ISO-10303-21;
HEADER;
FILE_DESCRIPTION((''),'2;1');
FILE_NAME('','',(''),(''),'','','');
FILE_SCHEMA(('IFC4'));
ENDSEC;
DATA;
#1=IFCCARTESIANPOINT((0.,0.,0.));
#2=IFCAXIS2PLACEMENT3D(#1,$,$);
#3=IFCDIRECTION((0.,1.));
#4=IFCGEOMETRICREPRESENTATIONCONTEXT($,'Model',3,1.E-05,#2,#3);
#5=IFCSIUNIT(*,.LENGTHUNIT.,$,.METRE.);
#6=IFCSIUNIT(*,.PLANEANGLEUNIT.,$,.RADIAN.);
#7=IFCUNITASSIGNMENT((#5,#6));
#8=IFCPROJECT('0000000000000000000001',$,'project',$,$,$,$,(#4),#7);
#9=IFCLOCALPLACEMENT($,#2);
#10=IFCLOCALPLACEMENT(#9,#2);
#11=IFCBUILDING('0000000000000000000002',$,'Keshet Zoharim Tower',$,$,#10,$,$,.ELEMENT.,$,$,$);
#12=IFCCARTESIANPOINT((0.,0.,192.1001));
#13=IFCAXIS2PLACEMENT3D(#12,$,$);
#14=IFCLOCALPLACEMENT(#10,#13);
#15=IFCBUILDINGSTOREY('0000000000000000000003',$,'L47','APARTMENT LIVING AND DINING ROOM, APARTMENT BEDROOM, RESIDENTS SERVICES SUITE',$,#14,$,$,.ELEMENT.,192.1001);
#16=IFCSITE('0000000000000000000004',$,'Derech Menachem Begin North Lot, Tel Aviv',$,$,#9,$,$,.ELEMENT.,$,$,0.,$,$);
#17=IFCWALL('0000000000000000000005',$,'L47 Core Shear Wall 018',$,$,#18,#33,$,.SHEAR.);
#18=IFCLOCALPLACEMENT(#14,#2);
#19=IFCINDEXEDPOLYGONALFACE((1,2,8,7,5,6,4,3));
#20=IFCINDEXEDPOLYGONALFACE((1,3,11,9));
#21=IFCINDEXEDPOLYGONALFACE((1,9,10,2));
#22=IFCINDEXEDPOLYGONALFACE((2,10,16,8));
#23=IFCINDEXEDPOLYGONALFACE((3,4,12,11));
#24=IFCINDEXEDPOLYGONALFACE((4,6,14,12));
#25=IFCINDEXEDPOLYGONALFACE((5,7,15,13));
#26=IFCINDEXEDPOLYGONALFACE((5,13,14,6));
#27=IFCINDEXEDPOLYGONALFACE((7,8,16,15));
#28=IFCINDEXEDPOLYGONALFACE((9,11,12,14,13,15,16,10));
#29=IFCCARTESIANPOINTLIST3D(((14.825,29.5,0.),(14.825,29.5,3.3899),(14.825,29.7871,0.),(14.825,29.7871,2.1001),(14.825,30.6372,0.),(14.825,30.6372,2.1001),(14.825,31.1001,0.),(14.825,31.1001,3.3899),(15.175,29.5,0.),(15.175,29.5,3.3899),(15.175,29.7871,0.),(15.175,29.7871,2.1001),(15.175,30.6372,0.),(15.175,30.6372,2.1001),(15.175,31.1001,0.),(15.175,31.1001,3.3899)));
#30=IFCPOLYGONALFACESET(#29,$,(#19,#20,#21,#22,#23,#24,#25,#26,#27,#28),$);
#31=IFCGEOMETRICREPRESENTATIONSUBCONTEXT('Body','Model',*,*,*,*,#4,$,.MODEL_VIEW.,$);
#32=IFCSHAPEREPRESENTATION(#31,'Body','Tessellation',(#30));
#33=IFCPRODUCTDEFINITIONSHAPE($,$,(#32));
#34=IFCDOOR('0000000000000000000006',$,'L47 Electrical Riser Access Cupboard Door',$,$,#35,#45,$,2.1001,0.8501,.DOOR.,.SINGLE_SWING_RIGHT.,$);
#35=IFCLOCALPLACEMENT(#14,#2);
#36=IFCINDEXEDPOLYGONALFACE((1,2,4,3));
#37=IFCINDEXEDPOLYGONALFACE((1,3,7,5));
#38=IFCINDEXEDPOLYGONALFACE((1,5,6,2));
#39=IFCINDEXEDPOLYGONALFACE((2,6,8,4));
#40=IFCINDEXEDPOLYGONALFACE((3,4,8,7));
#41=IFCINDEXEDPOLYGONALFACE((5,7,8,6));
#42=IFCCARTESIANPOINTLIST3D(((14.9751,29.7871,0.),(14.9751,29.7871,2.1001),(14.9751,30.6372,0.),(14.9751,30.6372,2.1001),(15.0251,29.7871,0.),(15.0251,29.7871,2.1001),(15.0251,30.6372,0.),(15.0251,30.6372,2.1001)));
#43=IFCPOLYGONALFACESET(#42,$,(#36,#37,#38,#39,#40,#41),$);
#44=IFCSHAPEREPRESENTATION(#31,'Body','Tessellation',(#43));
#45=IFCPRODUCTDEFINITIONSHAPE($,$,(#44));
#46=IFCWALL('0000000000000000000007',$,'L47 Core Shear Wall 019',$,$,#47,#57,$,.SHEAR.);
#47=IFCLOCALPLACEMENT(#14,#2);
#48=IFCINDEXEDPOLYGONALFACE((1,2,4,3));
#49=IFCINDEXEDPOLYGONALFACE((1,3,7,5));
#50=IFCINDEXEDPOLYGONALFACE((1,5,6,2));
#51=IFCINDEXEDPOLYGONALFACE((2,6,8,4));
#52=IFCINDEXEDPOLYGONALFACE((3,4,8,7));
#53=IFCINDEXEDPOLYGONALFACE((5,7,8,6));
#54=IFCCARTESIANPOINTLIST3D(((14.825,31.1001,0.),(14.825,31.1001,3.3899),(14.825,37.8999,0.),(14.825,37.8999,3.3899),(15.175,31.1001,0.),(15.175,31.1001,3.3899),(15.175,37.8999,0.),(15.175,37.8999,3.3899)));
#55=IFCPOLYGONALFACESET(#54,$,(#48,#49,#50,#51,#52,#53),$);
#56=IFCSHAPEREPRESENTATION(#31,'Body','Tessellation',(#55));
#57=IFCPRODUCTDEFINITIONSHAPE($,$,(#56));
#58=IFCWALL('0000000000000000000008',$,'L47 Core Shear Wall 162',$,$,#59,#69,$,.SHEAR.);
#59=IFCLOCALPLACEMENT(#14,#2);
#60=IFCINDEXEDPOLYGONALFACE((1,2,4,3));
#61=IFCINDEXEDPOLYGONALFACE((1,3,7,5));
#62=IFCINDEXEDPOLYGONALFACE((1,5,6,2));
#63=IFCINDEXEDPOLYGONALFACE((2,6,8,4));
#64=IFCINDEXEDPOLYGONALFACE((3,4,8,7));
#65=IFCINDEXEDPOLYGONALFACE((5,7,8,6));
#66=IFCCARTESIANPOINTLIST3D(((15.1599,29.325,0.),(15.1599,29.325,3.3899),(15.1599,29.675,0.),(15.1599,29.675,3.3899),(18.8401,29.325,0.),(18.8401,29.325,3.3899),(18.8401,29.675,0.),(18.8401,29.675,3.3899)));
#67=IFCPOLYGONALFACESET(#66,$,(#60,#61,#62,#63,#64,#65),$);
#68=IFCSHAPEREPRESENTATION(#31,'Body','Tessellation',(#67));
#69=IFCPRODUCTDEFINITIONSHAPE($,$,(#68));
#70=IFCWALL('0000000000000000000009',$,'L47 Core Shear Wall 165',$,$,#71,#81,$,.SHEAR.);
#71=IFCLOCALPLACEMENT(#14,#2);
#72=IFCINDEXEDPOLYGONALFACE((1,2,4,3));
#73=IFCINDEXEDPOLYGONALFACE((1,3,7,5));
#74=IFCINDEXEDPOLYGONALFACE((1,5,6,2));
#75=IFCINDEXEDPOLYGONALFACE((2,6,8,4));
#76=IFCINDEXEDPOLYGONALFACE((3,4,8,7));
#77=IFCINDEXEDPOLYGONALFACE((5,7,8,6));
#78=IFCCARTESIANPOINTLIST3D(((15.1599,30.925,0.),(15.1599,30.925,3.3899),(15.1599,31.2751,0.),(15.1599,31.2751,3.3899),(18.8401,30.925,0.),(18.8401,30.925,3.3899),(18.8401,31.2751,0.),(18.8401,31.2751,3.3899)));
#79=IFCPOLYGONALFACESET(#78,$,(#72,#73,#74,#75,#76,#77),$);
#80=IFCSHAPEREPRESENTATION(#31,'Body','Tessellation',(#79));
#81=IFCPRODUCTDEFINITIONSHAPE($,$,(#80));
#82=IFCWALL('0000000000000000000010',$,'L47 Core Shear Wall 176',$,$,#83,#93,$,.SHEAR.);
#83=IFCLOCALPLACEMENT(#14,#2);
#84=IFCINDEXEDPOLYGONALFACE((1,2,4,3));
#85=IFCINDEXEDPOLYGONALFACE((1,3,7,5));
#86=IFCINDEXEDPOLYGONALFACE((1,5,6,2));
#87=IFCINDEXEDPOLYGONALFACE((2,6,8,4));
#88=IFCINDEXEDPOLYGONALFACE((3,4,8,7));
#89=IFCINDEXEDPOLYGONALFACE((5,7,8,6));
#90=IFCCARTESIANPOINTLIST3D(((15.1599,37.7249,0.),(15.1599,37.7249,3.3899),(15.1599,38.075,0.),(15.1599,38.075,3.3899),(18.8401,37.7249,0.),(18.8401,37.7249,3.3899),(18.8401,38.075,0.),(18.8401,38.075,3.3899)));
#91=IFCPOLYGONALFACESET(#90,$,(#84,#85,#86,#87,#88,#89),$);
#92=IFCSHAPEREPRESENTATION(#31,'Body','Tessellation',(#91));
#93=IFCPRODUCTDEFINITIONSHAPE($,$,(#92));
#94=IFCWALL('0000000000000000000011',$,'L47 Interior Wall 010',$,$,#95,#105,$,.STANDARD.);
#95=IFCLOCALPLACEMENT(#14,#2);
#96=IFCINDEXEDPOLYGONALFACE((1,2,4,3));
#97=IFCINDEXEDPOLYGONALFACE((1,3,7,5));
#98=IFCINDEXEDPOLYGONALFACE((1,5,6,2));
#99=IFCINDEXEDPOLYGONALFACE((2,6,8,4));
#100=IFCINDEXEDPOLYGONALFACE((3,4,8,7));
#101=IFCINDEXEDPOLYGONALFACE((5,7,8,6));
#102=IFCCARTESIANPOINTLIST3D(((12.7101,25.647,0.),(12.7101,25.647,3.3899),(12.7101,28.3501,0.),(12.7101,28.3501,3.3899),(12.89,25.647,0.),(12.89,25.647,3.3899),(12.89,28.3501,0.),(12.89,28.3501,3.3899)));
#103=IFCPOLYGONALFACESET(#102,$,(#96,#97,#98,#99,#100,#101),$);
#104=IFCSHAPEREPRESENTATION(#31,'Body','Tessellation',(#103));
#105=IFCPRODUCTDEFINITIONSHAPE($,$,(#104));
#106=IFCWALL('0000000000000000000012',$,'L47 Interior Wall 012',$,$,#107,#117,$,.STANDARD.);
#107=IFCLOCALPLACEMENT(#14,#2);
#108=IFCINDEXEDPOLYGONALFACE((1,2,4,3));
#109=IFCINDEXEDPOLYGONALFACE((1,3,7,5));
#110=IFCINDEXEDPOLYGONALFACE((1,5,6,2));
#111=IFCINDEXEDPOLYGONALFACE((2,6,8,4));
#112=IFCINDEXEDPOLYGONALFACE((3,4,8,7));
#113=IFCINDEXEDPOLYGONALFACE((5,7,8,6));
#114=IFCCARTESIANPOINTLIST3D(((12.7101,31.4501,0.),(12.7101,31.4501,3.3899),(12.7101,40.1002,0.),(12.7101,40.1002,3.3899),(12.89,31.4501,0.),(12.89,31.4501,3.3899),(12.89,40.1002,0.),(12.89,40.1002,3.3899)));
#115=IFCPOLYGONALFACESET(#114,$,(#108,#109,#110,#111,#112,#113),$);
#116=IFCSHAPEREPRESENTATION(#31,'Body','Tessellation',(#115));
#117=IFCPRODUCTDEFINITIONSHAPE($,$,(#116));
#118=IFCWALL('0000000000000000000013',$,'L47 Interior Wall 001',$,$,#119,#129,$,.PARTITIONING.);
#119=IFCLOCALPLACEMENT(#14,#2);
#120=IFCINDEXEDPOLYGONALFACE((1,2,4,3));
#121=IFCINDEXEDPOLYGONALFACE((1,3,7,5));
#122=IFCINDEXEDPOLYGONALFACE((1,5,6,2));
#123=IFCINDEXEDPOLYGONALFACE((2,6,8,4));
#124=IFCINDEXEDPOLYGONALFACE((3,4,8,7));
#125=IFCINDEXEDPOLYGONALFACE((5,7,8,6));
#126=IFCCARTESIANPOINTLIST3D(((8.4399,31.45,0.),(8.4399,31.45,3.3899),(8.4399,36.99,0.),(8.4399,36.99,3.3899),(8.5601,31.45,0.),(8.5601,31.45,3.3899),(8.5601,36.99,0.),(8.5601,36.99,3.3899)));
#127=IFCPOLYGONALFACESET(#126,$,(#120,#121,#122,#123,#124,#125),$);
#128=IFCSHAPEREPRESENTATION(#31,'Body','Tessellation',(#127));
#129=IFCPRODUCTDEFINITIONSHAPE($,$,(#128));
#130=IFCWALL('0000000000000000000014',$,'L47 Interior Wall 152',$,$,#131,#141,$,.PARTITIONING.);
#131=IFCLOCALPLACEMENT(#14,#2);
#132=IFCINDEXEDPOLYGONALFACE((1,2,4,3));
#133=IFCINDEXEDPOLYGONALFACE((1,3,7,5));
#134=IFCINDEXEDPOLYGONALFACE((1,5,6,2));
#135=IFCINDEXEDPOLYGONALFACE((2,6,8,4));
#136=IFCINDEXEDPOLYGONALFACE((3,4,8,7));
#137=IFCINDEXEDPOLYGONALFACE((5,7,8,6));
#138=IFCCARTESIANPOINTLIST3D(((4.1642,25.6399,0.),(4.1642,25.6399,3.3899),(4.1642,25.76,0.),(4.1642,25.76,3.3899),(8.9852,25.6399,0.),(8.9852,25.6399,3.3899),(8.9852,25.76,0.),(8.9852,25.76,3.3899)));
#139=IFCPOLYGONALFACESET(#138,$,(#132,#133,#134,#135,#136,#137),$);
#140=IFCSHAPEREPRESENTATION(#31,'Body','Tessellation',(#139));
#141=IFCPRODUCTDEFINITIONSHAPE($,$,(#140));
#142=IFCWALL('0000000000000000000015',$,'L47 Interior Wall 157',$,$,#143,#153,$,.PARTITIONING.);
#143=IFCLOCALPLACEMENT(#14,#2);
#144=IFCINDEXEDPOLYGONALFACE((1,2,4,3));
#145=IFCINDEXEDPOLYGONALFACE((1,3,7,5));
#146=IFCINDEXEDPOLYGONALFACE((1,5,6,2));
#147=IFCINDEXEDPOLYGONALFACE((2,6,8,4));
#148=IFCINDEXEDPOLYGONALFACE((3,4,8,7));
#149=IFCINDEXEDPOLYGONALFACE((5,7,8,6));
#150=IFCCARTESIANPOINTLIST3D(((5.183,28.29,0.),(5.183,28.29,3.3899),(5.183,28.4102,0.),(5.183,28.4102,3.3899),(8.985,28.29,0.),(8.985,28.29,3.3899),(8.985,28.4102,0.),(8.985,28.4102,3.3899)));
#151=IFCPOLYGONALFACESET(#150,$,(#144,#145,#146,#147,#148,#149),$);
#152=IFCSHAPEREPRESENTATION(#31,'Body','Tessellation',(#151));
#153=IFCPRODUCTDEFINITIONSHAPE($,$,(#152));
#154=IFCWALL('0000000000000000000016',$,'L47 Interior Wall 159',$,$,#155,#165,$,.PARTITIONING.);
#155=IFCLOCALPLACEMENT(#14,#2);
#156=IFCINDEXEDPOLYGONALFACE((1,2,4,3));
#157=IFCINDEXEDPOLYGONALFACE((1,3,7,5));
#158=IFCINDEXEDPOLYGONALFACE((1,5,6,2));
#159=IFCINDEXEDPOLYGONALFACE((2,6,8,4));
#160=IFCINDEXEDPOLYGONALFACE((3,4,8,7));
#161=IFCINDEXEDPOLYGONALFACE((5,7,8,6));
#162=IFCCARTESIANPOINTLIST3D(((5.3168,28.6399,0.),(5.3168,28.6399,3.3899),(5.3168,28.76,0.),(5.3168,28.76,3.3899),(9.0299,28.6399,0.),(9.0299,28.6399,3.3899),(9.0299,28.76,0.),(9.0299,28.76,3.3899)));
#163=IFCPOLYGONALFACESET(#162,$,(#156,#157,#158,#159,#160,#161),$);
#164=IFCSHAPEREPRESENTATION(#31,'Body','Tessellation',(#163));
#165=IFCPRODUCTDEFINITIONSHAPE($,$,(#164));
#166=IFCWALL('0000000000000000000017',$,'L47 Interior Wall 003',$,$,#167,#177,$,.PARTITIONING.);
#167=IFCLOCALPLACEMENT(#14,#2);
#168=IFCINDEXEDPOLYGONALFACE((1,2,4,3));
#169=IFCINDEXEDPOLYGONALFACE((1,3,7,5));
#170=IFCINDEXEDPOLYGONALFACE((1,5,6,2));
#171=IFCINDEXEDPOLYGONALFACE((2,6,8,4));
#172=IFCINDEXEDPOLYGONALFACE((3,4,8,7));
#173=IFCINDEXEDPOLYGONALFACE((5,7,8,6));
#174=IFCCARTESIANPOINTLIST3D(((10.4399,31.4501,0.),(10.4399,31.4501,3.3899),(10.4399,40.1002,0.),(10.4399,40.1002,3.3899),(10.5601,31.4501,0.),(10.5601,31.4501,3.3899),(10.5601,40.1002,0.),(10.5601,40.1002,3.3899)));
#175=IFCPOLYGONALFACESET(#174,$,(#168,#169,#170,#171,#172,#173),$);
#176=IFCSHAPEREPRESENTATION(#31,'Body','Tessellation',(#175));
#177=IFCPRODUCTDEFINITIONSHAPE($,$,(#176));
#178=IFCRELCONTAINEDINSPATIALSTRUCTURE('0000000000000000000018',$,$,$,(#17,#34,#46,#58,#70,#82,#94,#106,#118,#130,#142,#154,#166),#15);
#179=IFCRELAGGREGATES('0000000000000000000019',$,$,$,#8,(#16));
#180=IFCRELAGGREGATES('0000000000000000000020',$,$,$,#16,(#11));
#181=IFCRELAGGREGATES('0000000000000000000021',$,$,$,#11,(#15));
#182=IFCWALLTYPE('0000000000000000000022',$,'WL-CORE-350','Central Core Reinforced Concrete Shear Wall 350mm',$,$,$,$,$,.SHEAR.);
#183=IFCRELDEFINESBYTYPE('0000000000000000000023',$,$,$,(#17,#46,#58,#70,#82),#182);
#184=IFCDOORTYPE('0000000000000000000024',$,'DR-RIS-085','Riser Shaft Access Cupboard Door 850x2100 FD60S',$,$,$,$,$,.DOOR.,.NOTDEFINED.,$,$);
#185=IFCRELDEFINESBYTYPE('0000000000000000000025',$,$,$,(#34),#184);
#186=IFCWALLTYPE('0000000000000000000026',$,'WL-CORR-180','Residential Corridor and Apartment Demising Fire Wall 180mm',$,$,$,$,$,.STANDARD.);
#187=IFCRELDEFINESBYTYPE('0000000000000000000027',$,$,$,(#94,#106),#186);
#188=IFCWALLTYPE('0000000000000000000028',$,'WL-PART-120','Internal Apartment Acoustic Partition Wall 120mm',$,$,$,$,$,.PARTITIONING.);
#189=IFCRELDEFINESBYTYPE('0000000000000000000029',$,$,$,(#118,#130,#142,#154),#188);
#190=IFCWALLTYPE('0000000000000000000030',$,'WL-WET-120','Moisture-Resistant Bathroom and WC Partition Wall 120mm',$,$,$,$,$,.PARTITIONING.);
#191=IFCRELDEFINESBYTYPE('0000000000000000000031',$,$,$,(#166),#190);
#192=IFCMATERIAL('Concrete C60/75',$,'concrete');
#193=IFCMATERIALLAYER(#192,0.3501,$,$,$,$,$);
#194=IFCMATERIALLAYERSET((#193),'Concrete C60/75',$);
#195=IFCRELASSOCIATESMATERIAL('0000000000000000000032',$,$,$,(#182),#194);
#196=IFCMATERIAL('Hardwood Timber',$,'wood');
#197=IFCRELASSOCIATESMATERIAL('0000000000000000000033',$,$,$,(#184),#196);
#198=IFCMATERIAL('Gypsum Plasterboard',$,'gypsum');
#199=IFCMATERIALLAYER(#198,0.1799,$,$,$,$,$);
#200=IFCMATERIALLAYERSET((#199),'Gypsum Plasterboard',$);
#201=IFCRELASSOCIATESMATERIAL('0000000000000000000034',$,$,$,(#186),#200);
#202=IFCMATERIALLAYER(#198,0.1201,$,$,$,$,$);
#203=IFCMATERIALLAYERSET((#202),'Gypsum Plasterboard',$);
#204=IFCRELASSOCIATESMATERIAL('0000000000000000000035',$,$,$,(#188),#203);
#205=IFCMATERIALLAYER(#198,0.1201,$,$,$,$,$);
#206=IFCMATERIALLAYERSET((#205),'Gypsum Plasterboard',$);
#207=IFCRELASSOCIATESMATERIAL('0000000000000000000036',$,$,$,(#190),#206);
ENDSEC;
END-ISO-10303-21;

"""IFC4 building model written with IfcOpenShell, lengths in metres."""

from ifc_helpers import new_model, si_unit, direction, frame, frame_2d, origin, place, context, subcontext, project, spatial, rectangle, extrude, material, layer, layer_set, type_object, element, fill, save


model = new_model("IFC4")

# Units and contexts
model_context = context("Model", 3, precision=1e-05, world=origin(), true_north=direction((0.0, 1.0)))
body_context = subcontext(model_context, "Body", "Model", "MODEL_VIEW")
ifc_project = project(units=[si_unit("LENGTHUNIT", "METRE"), si_unit("PLANEANGLEUNIT", "RADIAN")], contexts=[model_context])

# Site, building, storey
site_placement = place(None, origin())
site = spatial("IfcSite", under=ifc_project, at=site_placement, Name="Derech Menachem Begin North Lot, Tel Aviv", CompositionType="ELEMENT", RefElevation=0.0)
building_placement = place(site_placement, origin())
building = spatial("IfcBuilding", under=site, at=building_placement, Name="Keshet Zoharim Tower", CompositionType="ELEMENT")
storey_placement = place(building_placement, frame((0.0, 0.0, 192.1001)))
storey = spatial("IfcBuildingStorey", under=building, at=storey_placement, Name="L47", Description="APARTMENT LIVING AND DINING ROOM, APARTMENT BEDROOM, RESIDENTS SERVICES SUITE", CompositionType="ELEMENT", Elevation=192.1001)

# Wall, opening, door
ifc_material_1 = material(Name="Concrete C60/75", Category="concrete")
ifc_layer_1 = layer(ifc_material_1, 0.3501)
ifc_layer_set_1 = layer_set([ifc_layer_1], Name="Concrete C60/75")
wall_type_1 = type_object("IfcWallType", Name="WL-CORE-350", Description="Central Core Reinforced Concrete Shear Wall 350mm", PredefinedType="SHEAR", material=ifc_layer_set_1)
wall_1_placement = place(storey_placement, frame((15.0, 29.5, 0.0), z_axis=(0.0, 0.0, 1.0), x_axis=(0.0, 1.0, 0.0)))
wall_1 = element("IfcWall", 1, at=wall_1_placement, inside=storey, type_object=wall_type_1, Name="L47 Core Shear Wall 018", PredefinedType="SHEAR", context=body_context, shape_type="SweptSolid", body=[
    extrude(rectangle(XDim=1.6001, YDim=0.3501, at=frame_2d((0.8, 0.0))), origin(), (0.0, 0.0, 1.0), 3.3899),
])
opening_1_placement = place(wall_1_placement, frame((0.2871, 0.0, 0.0)))
opening_1 = element("IfcOpeningElement", 2, at=opening_1_placement, cuts=wall_1, PredefinedType="OPENING", context=body_context, shape_type="SweptSolid", body=[
    extrude(rectangle(XDim=0.8501, YDim=2.1001, at=frame_2d((0.425, 1.05))), frame((0.0, 0.1851, 0.0), z_axis=(0.0, -1.0, 0.0), x_axis=(1.0, 0.0, 0.0)), (0.0, 0.0, 1.0), 0.3701),
])
ifc_material_2 = material(Name="Hardwood Timber", Category="wood")
door_type_1 = type_object("IfcDoorType", Name="DR-RIS-085", Description="Riser Shaft Access Cupboard Door 850x2100 FD60S", OperationType="NOTDEFINED", PredefinedType="DOOR", material=ifc_material_2)
door_1_placement = place(opening_1_placement, origin())
door_1 = element("IfcDoor", 3, at=door_1_placement, inside=storey, type_object=door_type_1, Name="L47 Electrical Riser Access Cupboard Door", OperationType="SINGLE_SWING_RIGHT", OverallHeight=2.1001, OverallWidth=0.8501, PredefinedType="DOOR", context=body_context, shape_type="SweptSolid", body=[
    extrude(rectangle(XDim=0.8501, YDim=2.1001, at=frame_2d((0.425, 1.05))), frame((0.0, 0.0249, 0.0), z_axis=(0.0, -1.0, 0.0), x_axis=(1.0, 0.0, 0.0)), (0.0, 0.0, 1.0), 0.05),
])
fill(opening_1, door_1)

# Walls
wall_2_placement = place(storey_placement, frame((15.0, 31.1001, 0.0), z_axis=(0.0, 0.0, 1.0), x_axis=(0.0, 1.0, 0.0)))
element("IfcWall", 4, at=wall_2_placement, inside=storey, type_object=wall_type_1, Name="L47 Core Shear Wall 019", PredefinedType="SHEAR", context=body_context, shape_type="SweptSolid", body=[
    extrude(rectangle(XDim=6.7998, YDim=0.3501, at=frame_2d((3.3999, 0.0))), origin(), (0.0, 0.0, 1.0), 3.3899),
])
for number, where, z_axis, x_axis, name in (
    (5, (15.1599, 29.5, 0.0), (0.0, 0.0, 1.0), (1.0, 0.0, 0.0), "L47 Core Shear Wall 162"),
    (6, (15.1599, 31.1001, 0.0), (0.0, 0.0, 1.0), (1.0, 0.0, 0.0), "L47 Core Shear Wall 165"),
    (7, (15.1599, 37.8999, 0.0), (0.0, 0.0, 1.0), (1.0, 0.0, 0.0), "L47 Core Shear Wall 176"),
):
    element("IfcWall", number, at=place(storey_placement, frame(where, z_axis=z_axis, x_axis=x_axis)), inside=storey, type_object=wall_type_1, Name=name, PredefinedType="SHEAR", context=body_context, shape_type="SweptSolid", body=[
        extrude(rectangle(XDim=3.6802, YDim=0.3501, at=frame_2d((1.8401, 0.0))), origin(), (0.0, 0.0, 1.0), 3.3899),
    ])
ifc_material_3 = material(Name="Gypsum Plasterboard", Category="gypsum")
ifc_layer_2 = layer(ifc_material_3, 0.1799)
ifc_layer_set_2 = layer_set([ifc_layer_2], Name="Gypsum Plasterboard")
wall_type_2 = type_object("IfcWallType", Name="WL-CORR-180", Description="Residential Corridor and Apartment Demising Fire Wall 180mm", PredefinedType="STANDARD", material=ifc_layer_set_2)
wall_3_placement = place(storey_placement, frame((12.8, 25.647, 0.0), z_axis=(0.0, 0.0, 1.0), x_axis=(0.0, 1.0, 0.0)))
element("IfcWall", 8, at=wall_3_placement, inside=storey, type_object=wall_type_2, Name="L47 Interior Wall 010", PredefinedType="STANDARD", context=body_context, shape_type="SweptSolid", body=[
    extrude(rectangle(XDim=2.7031, YDim=0.1799, at=frame_2d((1.3516, 0.0))), origin(), (0.0, 0.0, 1.0), 3.3899),
])

# Walls
wall_4_placement = place(storey_placement, frame((12.8, 31.45, 0.0), z_axis=(0.0, 0.0, 1.0), x_axis=(0.0, 1.0, 0.0)))
element("IfcWall", 9, at=wall_4_placement, inside=storey, type_object=wall_type_2, Name="L47 Interior Wall 012", PredefinedType="STANDARD", context=body_context, shape_type="SweptSolid", body=[
    extrude(rectangle(XDim=8.6501, YDim=0.1799, at=frame_2d((4.3252, 0.0))), origin(), (0.0, 0.0, 1.0), 3.3899),
])
ifc_layer_3 = layer(ifc_material_3, 0.1201)
ifc_layer_set_3 = layer_set([ifc_layer_3], Name="Gypsum Plasterboard")
wall_type_3 = type_object("IfcWallType", Name="WL-PART-120", Description="Internal Apartment Acoustic Partition Wall 120mm", PredefinedType="PARTITIONING", material=ifc_layer_set_3)
wall_5_placement = place(storey_placement, frame((8.5, 31.45, 0.0), z_axis=(0.0, 0.0, 1.0), x_axis=(0.0, 1.0, 0.0)))
element("IfcWall", 10, at=wall_5_placement, inside=storey, type_object=wall_type_3, Name="L47 Interior Wall 001", PredefinedType="PARTITIONING", context=body_context, shape_type="SweptSolid", body=[
    extrude(rectangle(XDim=5.54, YDim=0.1201, at=frame_2d((2.77, 0.0))), origin(), (0.0, 0.0, 1.0), 3.3899),
])

# Walls
wall_6_placement = place(storey_placement, frame((4.1641, 25.7, 0.0), z_axis=(0.0, 0.0, 1.0), x_axis=(1.0, 0.0, 0.0)))
element("IfcWall", 11, at=wall_6_placement, inside=storey, type_object=wall_type_3, Name="L47 Interior Wall 152", PredefinedType="PARTITIONING", context=body_context, shape_type="SweptSolid", body=[
    extrude(rectangle(XDim=4.821, YDim=0.1201, at=frame_2d((2.4106, 0.0))), origin(), (0.0, 0.0, 1.0), 3.3899),
])
wall_7_placement = place(storey_placement, frame((5.1831, 28.3501, 0.0), z_axis=(0.0, 0.0, 1.0), x_axis=(1.0, 0.0, 0.0)))
element("IfcWall", 12, at=wall_7_placement, inside=storey, type_object=wall_type_3, Name="L47 Interior Wall 157", PredefinedType="PARTITIONING", context=body_context, shape_type="SweptSolid", body=[
    extrude(rectangle(XDim=3.802, YDim=0.1201, at=frame_2d((1.9009, 0.0))), origin(), (0.0, 0.0, 1.0), 3.3899),
])
wall_8_placement = place(storey_placement, frame((5.3169, 28.7, 0.0), z_axis=(0.0, 0.0, 1.0), x_axis=(1.0, 0.0, 0.0)))
element("IfcWall", 13, at=wall_8_placement, inside=storey, type_object=wall_type_3, Name="L47 Interior Wall 159", PredefinedType="PARTITIONING", context=body_context, shape_type="SweptSolid", body=[
    extrude(rectangle(XDim=3.7131, YDim=0.1201, at=frame_2d((1.8564, 0.0))), origin(), (0.0, 0.0, 1.0), 3.3899),
])

# Wall
ifc_layer_4 = layer(ifc_material_3, 0.1201)
ifc_layer_set_4 = layer_set([ifc_layer_4], Name="Gypsum Plasterboard")
wall_type_4 = type_object("IfcWallType", Name="WL-WET-120", Description="Moisture-Resistant Bathroom and WC Partition Wall 120mm", PredefinedType="PARTITIONING", material=ifc_layer_set_4)
wall_9_placement = place(storey_placement, frame((10.5, 31.45, 0.0), z_axis=(0.0, 0.0, 1.0), x_axis=(0.0, 1.0, 0.0)))
element("IfcWall", 14, at=wall_9_placement, inside=storey, type_object=wall_type_4, Name="L47 Interior Wall 003", PredefinedType="PARTITIONING", context=body_context, shape_type="SweptSolid", body=[
    extrude(rectangle(XDim=8.6501, YDim=0.1201, at=frame_2d((4.3252, 0.0))), origin(), (0.0, 0.0, 1.0), 3.3899),
])

save(model, "model.ifc")
